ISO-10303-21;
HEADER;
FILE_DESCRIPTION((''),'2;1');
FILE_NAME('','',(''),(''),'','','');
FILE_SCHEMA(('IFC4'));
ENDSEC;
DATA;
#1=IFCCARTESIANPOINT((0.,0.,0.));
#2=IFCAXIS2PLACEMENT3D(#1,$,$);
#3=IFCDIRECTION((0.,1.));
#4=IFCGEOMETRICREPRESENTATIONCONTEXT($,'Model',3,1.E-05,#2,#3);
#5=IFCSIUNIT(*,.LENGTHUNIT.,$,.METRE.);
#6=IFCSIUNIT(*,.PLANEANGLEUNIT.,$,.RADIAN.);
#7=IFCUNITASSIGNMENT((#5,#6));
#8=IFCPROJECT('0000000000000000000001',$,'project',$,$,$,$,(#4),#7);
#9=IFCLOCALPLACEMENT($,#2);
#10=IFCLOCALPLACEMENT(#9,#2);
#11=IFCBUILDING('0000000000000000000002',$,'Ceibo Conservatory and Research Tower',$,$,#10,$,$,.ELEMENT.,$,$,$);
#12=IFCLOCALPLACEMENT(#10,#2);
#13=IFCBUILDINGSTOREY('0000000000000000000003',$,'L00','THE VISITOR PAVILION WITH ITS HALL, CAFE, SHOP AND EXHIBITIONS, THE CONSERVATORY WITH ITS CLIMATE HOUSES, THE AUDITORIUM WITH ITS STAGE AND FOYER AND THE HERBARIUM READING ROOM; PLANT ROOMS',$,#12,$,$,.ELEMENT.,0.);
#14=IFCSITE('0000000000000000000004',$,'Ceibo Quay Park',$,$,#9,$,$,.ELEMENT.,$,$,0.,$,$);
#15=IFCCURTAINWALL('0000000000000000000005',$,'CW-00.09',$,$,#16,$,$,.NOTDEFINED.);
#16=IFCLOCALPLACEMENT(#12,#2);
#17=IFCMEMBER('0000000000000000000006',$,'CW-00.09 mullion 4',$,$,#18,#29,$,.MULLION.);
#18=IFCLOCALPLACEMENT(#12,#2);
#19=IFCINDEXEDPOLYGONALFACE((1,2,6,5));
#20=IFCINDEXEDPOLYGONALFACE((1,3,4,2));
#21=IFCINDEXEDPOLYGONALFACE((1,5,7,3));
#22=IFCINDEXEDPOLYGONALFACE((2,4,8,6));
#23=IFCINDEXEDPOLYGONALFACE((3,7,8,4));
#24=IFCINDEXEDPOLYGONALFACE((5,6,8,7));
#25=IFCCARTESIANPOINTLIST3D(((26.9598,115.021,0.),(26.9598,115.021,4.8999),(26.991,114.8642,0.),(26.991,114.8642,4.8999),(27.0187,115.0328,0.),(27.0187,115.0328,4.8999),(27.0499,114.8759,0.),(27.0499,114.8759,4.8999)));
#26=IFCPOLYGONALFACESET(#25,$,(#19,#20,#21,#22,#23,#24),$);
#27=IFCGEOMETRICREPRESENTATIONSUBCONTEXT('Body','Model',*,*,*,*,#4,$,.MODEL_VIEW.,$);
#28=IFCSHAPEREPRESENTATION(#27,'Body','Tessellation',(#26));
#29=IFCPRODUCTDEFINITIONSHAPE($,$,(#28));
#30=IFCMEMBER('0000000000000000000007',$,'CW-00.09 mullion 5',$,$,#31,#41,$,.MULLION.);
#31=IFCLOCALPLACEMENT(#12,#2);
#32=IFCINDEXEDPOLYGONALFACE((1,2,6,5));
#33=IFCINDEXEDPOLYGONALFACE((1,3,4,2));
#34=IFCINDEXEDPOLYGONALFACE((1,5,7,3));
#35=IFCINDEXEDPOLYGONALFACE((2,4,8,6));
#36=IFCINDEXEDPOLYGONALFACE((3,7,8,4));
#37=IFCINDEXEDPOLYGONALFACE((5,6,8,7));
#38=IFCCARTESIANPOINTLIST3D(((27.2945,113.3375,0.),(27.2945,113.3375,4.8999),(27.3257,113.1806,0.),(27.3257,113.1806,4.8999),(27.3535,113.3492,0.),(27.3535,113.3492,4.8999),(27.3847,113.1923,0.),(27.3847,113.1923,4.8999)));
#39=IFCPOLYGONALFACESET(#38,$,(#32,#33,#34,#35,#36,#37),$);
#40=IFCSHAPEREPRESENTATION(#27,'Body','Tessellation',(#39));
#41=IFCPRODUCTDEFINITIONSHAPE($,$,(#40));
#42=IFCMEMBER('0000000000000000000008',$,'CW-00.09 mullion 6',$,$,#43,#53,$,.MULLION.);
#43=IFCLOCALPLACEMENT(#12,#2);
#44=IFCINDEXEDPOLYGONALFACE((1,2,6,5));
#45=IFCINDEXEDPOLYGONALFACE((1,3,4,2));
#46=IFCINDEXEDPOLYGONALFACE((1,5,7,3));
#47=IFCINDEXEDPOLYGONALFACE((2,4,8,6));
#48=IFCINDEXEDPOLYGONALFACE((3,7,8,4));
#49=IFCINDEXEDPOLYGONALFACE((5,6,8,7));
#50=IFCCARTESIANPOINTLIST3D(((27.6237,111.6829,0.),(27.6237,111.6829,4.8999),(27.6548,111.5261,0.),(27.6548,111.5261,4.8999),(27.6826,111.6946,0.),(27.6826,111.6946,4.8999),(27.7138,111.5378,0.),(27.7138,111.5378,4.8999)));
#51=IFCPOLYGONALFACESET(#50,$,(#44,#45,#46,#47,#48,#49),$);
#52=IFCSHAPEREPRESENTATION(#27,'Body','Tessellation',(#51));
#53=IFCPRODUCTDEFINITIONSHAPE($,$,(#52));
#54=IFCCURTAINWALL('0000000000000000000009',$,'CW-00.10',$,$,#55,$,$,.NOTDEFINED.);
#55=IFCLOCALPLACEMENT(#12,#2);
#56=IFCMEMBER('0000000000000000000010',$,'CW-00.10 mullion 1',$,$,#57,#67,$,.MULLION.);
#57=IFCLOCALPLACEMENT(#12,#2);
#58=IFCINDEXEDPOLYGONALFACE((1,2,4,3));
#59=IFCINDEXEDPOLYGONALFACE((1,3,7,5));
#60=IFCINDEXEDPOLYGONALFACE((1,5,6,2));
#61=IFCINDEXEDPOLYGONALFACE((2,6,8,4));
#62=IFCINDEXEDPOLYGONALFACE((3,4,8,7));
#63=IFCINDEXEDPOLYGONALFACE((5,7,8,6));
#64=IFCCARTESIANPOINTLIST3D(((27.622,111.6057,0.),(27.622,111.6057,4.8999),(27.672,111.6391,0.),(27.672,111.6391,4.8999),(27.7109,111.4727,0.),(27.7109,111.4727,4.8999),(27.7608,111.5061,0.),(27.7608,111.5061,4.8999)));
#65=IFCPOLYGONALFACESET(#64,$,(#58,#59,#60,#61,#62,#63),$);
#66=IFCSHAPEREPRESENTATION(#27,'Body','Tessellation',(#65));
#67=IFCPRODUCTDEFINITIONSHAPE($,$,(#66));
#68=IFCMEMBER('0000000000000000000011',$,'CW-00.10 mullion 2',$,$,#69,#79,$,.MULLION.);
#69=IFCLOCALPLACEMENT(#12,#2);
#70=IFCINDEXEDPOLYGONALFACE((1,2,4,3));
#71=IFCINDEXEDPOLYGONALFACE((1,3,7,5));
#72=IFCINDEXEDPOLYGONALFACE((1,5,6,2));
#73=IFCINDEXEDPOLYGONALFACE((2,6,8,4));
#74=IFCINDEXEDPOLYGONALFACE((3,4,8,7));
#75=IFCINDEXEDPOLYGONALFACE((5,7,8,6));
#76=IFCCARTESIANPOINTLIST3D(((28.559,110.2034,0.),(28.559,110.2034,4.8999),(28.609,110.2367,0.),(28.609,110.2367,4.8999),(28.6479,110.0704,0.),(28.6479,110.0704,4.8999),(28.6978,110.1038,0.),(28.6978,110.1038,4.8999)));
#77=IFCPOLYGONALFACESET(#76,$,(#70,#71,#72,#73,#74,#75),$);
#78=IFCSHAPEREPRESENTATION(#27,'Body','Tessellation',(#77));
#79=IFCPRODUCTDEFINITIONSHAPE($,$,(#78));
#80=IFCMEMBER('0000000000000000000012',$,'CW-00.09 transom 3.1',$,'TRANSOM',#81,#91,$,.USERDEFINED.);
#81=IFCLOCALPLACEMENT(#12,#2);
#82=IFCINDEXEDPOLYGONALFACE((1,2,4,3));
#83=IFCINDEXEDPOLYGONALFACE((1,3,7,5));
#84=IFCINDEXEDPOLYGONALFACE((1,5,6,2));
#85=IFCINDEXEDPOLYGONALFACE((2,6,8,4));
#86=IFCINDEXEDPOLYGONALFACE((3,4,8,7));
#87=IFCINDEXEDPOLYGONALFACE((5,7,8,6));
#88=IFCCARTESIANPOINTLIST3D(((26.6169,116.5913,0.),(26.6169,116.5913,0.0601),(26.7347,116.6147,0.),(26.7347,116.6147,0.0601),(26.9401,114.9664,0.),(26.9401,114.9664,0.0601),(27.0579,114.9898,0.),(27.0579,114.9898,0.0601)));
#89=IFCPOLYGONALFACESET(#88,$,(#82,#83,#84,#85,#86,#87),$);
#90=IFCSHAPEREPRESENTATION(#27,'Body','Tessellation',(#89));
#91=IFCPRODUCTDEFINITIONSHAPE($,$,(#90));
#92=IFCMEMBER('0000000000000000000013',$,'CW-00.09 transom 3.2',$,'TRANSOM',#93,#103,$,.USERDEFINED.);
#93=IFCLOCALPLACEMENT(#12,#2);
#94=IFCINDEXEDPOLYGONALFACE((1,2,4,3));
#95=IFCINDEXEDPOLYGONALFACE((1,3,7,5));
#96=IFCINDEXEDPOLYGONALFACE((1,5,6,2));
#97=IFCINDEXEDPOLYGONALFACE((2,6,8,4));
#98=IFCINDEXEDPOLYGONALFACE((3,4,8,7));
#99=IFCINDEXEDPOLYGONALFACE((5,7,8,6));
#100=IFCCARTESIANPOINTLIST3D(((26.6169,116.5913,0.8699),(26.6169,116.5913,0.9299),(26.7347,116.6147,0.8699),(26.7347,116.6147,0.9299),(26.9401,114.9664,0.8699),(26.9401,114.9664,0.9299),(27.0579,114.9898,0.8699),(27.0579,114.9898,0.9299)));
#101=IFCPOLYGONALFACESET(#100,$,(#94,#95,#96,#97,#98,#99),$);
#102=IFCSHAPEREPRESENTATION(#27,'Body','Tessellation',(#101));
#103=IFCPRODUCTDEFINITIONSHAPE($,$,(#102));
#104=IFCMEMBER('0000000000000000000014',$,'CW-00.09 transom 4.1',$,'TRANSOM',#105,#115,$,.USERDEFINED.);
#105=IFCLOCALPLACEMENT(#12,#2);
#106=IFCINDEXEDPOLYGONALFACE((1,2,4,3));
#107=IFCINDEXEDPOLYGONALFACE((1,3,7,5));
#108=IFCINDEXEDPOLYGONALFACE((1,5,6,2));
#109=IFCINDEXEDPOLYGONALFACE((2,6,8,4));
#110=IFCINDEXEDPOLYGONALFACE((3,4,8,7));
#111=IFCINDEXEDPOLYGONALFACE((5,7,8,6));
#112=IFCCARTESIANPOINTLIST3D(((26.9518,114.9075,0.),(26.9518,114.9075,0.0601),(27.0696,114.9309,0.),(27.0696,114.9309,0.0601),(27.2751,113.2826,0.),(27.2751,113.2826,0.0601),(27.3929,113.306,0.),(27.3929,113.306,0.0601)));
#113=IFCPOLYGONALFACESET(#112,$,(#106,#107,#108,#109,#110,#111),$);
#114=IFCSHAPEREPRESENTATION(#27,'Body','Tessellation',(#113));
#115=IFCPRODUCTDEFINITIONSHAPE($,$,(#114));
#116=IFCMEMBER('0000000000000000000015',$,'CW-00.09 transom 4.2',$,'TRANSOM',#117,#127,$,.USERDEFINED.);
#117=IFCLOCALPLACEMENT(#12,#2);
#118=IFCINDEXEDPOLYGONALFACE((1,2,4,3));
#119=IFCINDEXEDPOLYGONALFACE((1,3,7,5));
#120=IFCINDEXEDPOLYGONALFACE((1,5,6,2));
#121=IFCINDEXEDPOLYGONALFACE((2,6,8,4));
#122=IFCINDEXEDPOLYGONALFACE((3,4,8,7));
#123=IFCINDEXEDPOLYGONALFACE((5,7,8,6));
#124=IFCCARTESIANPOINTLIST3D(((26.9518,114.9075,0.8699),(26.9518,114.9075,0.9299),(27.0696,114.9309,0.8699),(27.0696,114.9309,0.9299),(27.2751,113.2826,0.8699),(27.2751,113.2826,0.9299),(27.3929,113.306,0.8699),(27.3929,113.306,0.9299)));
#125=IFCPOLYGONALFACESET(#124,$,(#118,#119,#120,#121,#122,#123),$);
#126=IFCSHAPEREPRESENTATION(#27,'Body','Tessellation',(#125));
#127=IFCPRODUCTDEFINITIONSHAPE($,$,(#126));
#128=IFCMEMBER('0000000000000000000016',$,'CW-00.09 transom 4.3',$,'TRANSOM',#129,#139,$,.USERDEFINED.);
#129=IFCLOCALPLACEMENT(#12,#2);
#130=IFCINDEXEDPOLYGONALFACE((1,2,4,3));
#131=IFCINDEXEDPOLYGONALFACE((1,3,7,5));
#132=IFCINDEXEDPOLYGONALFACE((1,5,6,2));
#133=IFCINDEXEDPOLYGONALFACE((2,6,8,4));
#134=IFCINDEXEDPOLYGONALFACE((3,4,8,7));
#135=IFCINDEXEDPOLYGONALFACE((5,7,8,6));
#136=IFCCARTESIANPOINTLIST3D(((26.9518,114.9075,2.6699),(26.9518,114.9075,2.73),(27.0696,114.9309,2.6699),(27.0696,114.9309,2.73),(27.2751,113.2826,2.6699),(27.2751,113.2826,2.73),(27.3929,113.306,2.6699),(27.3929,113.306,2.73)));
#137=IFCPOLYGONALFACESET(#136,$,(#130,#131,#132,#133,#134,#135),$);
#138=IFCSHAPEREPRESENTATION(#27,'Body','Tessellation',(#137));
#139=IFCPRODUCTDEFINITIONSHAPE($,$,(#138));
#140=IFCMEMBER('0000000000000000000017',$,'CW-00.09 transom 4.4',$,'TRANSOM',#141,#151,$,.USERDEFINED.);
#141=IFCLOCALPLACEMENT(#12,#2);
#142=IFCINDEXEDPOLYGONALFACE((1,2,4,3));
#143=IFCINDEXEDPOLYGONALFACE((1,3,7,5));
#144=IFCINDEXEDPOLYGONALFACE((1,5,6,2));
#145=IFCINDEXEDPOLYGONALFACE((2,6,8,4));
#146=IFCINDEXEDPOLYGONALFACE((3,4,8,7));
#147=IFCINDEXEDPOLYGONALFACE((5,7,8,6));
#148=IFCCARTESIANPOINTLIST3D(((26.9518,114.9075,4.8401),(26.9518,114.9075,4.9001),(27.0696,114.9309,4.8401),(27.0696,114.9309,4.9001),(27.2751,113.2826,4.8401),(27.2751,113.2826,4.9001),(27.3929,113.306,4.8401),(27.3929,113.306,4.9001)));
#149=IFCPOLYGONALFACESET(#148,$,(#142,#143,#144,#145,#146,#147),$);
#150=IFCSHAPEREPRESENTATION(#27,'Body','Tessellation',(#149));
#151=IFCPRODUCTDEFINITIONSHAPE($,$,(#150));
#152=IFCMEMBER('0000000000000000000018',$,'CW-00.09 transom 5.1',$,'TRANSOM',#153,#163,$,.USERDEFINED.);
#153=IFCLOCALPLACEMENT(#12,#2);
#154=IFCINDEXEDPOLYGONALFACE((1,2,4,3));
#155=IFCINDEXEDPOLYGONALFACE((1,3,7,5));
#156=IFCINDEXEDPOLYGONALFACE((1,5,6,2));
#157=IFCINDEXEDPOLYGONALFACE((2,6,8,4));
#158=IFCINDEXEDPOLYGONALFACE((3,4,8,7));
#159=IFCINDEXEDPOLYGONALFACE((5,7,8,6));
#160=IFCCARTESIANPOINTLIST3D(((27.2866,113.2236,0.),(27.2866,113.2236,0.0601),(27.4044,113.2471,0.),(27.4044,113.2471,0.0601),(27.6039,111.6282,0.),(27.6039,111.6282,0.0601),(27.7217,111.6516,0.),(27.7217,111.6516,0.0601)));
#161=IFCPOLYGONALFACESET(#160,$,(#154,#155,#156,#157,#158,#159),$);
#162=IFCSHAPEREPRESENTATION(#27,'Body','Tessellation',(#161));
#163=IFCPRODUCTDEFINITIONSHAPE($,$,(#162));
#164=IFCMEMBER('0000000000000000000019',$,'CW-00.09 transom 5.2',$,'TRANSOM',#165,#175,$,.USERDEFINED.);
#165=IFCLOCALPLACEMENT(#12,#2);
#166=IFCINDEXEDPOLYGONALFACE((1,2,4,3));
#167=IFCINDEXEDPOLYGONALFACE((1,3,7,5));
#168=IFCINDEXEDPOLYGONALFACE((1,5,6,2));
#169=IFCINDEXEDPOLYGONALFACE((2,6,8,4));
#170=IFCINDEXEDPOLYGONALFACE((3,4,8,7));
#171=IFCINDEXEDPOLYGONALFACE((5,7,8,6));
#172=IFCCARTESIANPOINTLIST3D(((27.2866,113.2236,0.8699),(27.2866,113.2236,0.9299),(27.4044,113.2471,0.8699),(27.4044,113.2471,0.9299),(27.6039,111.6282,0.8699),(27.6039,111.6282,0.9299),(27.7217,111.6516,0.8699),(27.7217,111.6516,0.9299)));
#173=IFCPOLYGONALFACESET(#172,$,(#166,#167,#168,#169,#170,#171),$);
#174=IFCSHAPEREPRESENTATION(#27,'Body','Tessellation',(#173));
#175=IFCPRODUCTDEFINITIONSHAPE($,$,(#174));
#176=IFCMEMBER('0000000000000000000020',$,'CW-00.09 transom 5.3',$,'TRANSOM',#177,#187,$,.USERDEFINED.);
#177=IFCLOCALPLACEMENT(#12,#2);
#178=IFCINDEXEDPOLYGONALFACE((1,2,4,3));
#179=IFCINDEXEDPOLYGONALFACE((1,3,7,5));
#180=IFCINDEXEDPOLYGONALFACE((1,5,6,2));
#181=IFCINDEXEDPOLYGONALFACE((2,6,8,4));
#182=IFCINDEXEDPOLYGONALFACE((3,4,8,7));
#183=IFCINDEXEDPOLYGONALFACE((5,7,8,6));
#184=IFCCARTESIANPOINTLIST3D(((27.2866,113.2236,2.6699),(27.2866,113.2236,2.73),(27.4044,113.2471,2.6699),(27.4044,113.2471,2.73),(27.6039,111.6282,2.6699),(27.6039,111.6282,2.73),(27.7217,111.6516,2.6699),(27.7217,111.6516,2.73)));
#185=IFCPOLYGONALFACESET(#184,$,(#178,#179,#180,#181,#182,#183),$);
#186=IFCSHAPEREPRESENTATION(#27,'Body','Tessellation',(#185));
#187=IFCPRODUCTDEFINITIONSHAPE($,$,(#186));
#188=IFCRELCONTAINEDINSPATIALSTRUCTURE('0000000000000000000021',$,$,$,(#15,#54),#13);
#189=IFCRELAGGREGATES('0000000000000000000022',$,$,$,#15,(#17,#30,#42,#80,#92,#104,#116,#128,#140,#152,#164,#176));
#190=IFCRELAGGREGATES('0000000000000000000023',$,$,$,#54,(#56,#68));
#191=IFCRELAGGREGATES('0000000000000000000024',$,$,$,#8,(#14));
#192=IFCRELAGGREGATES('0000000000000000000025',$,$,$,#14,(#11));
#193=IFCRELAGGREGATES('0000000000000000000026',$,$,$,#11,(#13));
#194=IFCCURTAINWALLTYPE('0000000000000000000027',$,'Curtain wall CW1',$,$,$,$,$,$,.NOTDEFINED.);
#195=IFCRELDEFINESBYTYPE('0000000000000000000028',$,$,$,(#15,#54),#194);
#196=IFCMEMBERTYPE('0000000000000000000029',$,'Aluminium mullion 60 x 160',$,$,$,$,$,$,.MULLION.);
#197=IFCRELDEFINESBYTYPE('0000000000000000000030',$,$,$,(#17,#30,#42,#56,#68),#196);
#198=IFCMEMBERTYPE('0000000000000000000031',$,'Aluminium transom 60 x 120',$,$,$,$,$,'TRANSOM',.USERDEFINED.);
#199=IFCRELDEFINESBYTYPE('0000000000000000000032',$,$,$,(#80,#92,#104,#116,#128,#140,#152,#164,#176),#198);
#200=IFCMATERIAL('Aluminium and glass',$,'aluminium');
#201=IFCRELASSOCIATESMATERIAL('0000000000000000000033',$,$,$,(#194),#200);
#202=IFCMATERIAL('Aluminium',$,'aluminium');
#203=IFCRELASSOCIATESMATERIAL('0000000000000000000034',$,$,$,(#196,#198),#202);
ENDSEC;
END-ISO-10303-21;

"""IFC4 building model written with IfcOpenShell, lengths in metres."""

from ifc_helpers import new_model, si_unit, direction, frame, origin, origin_2d, place, context, subcontext, project, spatial, rectangle, extrude, material, material_profile, profile_set, type_object, element, aggregate, save


model = new_model("IFC4")

# Units and contexts
model_context = context("Model", 3, precision=1e-05, world=origin(), true_north=direction((0.0, 1.0)))
body_context = subcontext(model_context, "Body", "Model", "MODEL_VIEW")
ifc_project = project(units=[si_unit("LENGTHUNIT", "METRE"), si_unit("PLANEANGLEUNIT", "RADIAN")], contexts=[model_context])

# Site, building, storey
site_placement = place(None, origin())
site = spatial("IfcSite", under=ifc_project, at=site_placement, Name="Ceibo Quay Park", CompositionType="ELEMENT", RefElevation=0.0)
building_placement = place(site_placement, origin())
building = spatial("IfcBuilding", under=site, at=building_placement, Name="Ceibo Conservatory and Research Tower", CompositionType="ELEMENT")
storey_placement = place(building_placement, origin())
storey = spatial("IfcBuildingStorey", under=building, at=storey_placement, Name="L00", Description="THE VISITOR PAVILION WITH ITS HALL, CAFE, SHOP AND EXHIBITIONS, THE CONSERVATORY WITH ITS CLIMATE HOUSES, THE AUDITORIUM WITH ITS STAGE AND FOYER AND THE HERBARIUM READING ROOM; PLANT ROOMS", CompositionType="ELEMENT", Elevation=0.0)

# Curtain walls, members
ifc_material_1 = material(Name="Aluminium and glass", Category="aluminium")
curtain_wall_type = type_object("IfcCurtainWallType", Name="Curtain wall CW1", PredefinedType="NOTDEFINED", material=ifc_material_1)
curtain_wall_1_placement = place(storey_placement, origin())
curtain_wall_1 = element("IfcCurtainWall", 1, at=curtain_wall_1_placement, inside=storey, type_object=curtain_wall_type, Name="CW-00.09", PredefinedType="NOTDEFINED")
ifc_material_2 = material(Name="Aluminium", Category="aluminium")
ifc_material_profile_1 = material_profile(ifc_material_2, rectangle(XDim=0.0601, YDim=0.1599, at=origin_2d()), Name="Aluminium 60 x 160")
ifc_profile_set_1 = profile_set([ifc_material_profile_1], Name="Aluminium")
member_type_1 = type_object("IfcMemberType", Name="Aluminium mullion 60 x 160", PredefinedType="MULLION", material=ifc_profile_set_1)
member_1_placement = place(storey_placement, frame((27.0049, 114.9485, 0.0), z_axis=(0.0, 0.0, 1.0), x_axis=(0.980785, 0.19509, 0.0)))
member_1 = element("IfcMember", 2, at=member_1_placement, type_object=member_type_1, Name="CW-00.09 mullion 4", PredefinedType="MULLION", context=body_context, shape_type="SweptSolid", body=[
    extrude(rectangle(XDim=0.0601, YDim=0.1599, at=origin_2d()), origin(), (0.0, 0.0, 1.0), 4.8999),
])
member_2_placement = place(storey_placement, frame((27.3396, 113.2649, 0.0), z_axis=(0.0, 0.0, 1.0), x_axis=(0.980785, 0.19509, 0.0)))
member_2 = element("IfcMember", 3, at=member_2_placement, type_object=member_type_1, Name="CW-00.09 mullion 5", PredefinedType="MULLION", context=body_context, shape_type="SweptSolid", body=[
    extrude(rectangle(XDim=0.0601, YDim=0.1599, at=origin_2d()), origin(), (0.0, 0.0, 1.0), 4.8999),
])
member_3_placement = place(storey_placement, frame((27.6687, 111.6104, 0.0), z_axis=(0.0, 0.0, 1.0), x_axis=(0.980785, 0.19509, 0.0)))
member_3 = element("IfcMember", 4, at=member_3_placement, type_object=member_type_1, Name="CW-00.09 mullion 6", PredefinedType="MULLION", context=body_context, shape_type="SweptSolid", body=[
    extrude(rectangle(XDim=0.0601, YDim=0.1599, at=origin_2d()), origin(), (0.0, 0.0, 1.0), 4.8999),
])
curtain_wall_2_placement = place(storey_placement, origin())
curtain_wall_2 = element("IfcCurtainWall", 5, at=curtain_wall_2_placement, inside=storey, type_object=curtain_wall_type, Name="CW-00.10", PredefinedType="NOTDEFINED")
member_4_placement = place(storey_placement, frame((27.6914, 111.5559, 0.0), z_axis=(0.0, 0.0, 1.0), x_axis=(0.83147, 0.55557, 0.0)))
member_4 = element("IfcMember", 6, at=member_4_placement, type_object=member_type_1, Name="CW-00.10 mullion 1", PredefinedType="MULLION", context=body_context, shape_type="SweptSolid", body=[
    extrude(rectangle(XDim=0.0601, YDim=0.1599, at=origin_2d()), origin(), (0.0, 0.0, 1.0), 4.8999),
])
member_5_placement = place(storey_placement, frame((28.6284, 110.1536, 0.0), z_axis=(0.0, 0.0, 1.0), x_axis=(0.83147, 0.55557, 0.0)))
member_5 = element("IfcMember", 7, at=member_5_placement, type_object=member_type_1, Name="CW-00.10 mullion 2", PredefinedType="MULLION", context=body_context, shape_type="SweptSolid", body=[
    extrude(rectangle(XDim=0.0601, YDim=0.1599, at=origin_2d()), origin(), (0.0, 0.0, 1.0), 4.8999),
])

# Members
ifc_material_profile_2 = material_profile(ifc_material_2, rectangle(XDim=0.1201, YDim=0.0601, at=origin_2d()), Name="Aluminium 60 x 120")
ifc_profile_set_2 = profile_set([ifc_material_profile_2], Name="Aluminium")
member_type_2 = type_object("IfcMemberType", Name="Aluminium transom 60 x 120", ElementType="TRANSOM", PredefinedType="USERDEFINED", material=ifc_profile_set_2)
member_6_placement = place(storey_placement, frame((26.6758, 116.603, 0.03), z_axis=(0.195096, -0.980784, 0.0), x_axis=(0.980784, 0.195096, 0.0)))
member_6 = element("IfcMember", 8, at=member_6_placement, type_object=member_type_2, Name="CW-00.09 transom 3.1", ObjectType="TRANSOM", PredefinedType="USERDEFINED", context=body_context, shape_type="SweptSolid", body=[
    extrude(rectangle(XDim=0.1201, YDim=0.0601, at=origin_2d()), origin(), (0.0, 0.0, 1.0), 1.6567),
])
member_7_placement = place(storey_placement, frame((26.6758, 116.603, 0.8999), z_axis=(0.195096, -0.980784, 0.0), x_axis=(0.980784, 0.195096, 0.0)))
member_7 = element("IfcMember", 9, at=member_7_placement, type_object=member_type_2, Name="CW-00.09 transom 3.2", ObjectType="TRANSOM", PredefinedType="USERDEFINED", context=body_context, shape_type="SweptSolid", body=[
    extrude(rectangle(XDim=0.1201, YDim=0.0601, at=origin_2d()), origin(), (0.0, 0.0, 1.0), 1.6567),
])
member_8_placement = place(storey_placement, frame((27.0107, 114.9192, 0.03), z_axis=(0.195096, -0.980784, 0.0), x_axis=(0.980784, 0.195096, 0.0)))
member_8 = element("IfcMember", 10, at=member_8_placement, type_object=member_type_2, Name="CW-00.09 transom 4.1", ObjectType="TRANSOM", PredefinedType="USERDEFINED", context=body_context, shape_type="SweptSolid", body=[
    extrude(rectangle(XDim=0.1201, YDim=0.0601, at=origin_2d()), origin(), (0.0, 0.0, 1.0), 1.6567),
])
member_9_placement = place(storey_placement, frame((27.0107, 114.9192, 0.8999), z_axis=(0.195096, -0.980784, 0.0), x_axis=(0.980784, 0.195096, 0.0)))
member_9 = element("IfcMember", 11, at=member_9_placement, type_object=member_type_2, Name="CW-00.09 transom 4.2", ObjectType="TRANSOM", PredefinedType="USERDEFINED", context=body_context, shape_type="SweptSolid", body=[
    extrude(rectangle(XDim=0.1201, YDim=0.0601, at=origin_2d()), origin(), (0.0, 0.0, 1.0), 1.6567),
])
member_10_placement = place(storey_placement, frame((27.0107, 114.9192, 2.7), z_axis=(0.195096, -0.980784, 0.0), x_axis=(0.980784, 0.195096, 0.0)))
member_10 = element("IfcMember", 12, at=member_10_placement, type_object=member_type_2, Name="CW-00.09 transom 4.3", ObjectType="TRANSOM", PredefinedType="USERDEFINED", context=body_context, shape_type="SweptSolid", body=[
    extrude(rectangle(XDim=0.1201, YDim=0.0601, at=origin_2d()), origin(), (0.0, 0.0, 1.0), 1.6567),
])
member_11_placement = place(storey_placement, frame((27.0107, 114.9192, 4.8701), z_axis=(0.195096, -0.980784, 0.0), x_axis=(0.980784, 0.195096, 0.0)))
member_11 = element("IfcMember", 13, at=member_11_placement, type_object=member_type_2, Name="CW-00.09 transom 4.4", ObjectType="TRANSOM", PredefinedType="USERDEFINED", context=body_context, shape_type="SweptSolid", body=[
    extrude(rectangle(XDim=0.1201, YDim=0.0601, at=origin_2d()), origin(), (0.0, 0.0, 1.0), 1.6567),
])
member_12_placement = place(storey_placement, frame((27.3455, 113.2354, 0.03), z_axis=(0.195106, -0.980782, 0.0), x_axis=(0.980782, 0.195106, 0.0)))
member_12 = element("IfcMember", 14, at=member_12_placement, type_object=member_type_2, Name="CW-00.09 transom 5.1", ObjectType="TRANSOM", PredefinedType="USERDEFINED", context=body_context, shape_type="SweptSolid", body=[
    extrude(rectangle(XDim=0.1201, YDim=0.0601, at=origin_2d()), origin(), (0.0, 0.0, 1.0), 1.6267),
])
member_13_placement = place(storey_placement, frame((27.3455, 113.2354, 0.8999), z_axis=(0.195106, -0.980782, 0.0), x_axis=(0.980782, 0.195106, 0.0)))
member_13 = element("IfcMember", 15, at=member_13_placement, type_object=member_type_2, Name="CW-00.09 transom 5.2", ObjectType="TRANSOM", PredefinedType="USERDEFINED", context=body_context, shape_type="SweptSolid", body=[
    extrude(rectangle(XDim=0.1201, YDim=0.0601, at=origin_2d()), origin(), (0.0, 0.0, 1.0), 1.6267),
])
member_14_placement = place(storey_placement, frame((27.3455, 113.2354, 2.7), z_axis=(0.195106, -0.980782, 0.0), x_axis=(0.980782, 0.195106, 0.0)))
member_14 = element("IfcMember", 16, at=member_14_placement, type_object=member_type_2, Name="CW-00.09 transom 5.3", ObjectType="TRANSOM", PredefinedType="USERDEFINED", context=body_context, shape_type="SweptSolid", body=[
    extrude(rectangle(XDim=0.1201, YDim=0.0601, at=origin_2d()), origin(), (0.0, 0.0, 1.0), 1.6267),
])

aggregate(curtain_wall_1, [member_1, member_2, member_3, member_6, member_7, member_8, member_9, member_10, member_11, member_12, member_13, member_14])
aggregate(curtain_wall_2, [member_4, member_5])

save(model, "model.ifc")
